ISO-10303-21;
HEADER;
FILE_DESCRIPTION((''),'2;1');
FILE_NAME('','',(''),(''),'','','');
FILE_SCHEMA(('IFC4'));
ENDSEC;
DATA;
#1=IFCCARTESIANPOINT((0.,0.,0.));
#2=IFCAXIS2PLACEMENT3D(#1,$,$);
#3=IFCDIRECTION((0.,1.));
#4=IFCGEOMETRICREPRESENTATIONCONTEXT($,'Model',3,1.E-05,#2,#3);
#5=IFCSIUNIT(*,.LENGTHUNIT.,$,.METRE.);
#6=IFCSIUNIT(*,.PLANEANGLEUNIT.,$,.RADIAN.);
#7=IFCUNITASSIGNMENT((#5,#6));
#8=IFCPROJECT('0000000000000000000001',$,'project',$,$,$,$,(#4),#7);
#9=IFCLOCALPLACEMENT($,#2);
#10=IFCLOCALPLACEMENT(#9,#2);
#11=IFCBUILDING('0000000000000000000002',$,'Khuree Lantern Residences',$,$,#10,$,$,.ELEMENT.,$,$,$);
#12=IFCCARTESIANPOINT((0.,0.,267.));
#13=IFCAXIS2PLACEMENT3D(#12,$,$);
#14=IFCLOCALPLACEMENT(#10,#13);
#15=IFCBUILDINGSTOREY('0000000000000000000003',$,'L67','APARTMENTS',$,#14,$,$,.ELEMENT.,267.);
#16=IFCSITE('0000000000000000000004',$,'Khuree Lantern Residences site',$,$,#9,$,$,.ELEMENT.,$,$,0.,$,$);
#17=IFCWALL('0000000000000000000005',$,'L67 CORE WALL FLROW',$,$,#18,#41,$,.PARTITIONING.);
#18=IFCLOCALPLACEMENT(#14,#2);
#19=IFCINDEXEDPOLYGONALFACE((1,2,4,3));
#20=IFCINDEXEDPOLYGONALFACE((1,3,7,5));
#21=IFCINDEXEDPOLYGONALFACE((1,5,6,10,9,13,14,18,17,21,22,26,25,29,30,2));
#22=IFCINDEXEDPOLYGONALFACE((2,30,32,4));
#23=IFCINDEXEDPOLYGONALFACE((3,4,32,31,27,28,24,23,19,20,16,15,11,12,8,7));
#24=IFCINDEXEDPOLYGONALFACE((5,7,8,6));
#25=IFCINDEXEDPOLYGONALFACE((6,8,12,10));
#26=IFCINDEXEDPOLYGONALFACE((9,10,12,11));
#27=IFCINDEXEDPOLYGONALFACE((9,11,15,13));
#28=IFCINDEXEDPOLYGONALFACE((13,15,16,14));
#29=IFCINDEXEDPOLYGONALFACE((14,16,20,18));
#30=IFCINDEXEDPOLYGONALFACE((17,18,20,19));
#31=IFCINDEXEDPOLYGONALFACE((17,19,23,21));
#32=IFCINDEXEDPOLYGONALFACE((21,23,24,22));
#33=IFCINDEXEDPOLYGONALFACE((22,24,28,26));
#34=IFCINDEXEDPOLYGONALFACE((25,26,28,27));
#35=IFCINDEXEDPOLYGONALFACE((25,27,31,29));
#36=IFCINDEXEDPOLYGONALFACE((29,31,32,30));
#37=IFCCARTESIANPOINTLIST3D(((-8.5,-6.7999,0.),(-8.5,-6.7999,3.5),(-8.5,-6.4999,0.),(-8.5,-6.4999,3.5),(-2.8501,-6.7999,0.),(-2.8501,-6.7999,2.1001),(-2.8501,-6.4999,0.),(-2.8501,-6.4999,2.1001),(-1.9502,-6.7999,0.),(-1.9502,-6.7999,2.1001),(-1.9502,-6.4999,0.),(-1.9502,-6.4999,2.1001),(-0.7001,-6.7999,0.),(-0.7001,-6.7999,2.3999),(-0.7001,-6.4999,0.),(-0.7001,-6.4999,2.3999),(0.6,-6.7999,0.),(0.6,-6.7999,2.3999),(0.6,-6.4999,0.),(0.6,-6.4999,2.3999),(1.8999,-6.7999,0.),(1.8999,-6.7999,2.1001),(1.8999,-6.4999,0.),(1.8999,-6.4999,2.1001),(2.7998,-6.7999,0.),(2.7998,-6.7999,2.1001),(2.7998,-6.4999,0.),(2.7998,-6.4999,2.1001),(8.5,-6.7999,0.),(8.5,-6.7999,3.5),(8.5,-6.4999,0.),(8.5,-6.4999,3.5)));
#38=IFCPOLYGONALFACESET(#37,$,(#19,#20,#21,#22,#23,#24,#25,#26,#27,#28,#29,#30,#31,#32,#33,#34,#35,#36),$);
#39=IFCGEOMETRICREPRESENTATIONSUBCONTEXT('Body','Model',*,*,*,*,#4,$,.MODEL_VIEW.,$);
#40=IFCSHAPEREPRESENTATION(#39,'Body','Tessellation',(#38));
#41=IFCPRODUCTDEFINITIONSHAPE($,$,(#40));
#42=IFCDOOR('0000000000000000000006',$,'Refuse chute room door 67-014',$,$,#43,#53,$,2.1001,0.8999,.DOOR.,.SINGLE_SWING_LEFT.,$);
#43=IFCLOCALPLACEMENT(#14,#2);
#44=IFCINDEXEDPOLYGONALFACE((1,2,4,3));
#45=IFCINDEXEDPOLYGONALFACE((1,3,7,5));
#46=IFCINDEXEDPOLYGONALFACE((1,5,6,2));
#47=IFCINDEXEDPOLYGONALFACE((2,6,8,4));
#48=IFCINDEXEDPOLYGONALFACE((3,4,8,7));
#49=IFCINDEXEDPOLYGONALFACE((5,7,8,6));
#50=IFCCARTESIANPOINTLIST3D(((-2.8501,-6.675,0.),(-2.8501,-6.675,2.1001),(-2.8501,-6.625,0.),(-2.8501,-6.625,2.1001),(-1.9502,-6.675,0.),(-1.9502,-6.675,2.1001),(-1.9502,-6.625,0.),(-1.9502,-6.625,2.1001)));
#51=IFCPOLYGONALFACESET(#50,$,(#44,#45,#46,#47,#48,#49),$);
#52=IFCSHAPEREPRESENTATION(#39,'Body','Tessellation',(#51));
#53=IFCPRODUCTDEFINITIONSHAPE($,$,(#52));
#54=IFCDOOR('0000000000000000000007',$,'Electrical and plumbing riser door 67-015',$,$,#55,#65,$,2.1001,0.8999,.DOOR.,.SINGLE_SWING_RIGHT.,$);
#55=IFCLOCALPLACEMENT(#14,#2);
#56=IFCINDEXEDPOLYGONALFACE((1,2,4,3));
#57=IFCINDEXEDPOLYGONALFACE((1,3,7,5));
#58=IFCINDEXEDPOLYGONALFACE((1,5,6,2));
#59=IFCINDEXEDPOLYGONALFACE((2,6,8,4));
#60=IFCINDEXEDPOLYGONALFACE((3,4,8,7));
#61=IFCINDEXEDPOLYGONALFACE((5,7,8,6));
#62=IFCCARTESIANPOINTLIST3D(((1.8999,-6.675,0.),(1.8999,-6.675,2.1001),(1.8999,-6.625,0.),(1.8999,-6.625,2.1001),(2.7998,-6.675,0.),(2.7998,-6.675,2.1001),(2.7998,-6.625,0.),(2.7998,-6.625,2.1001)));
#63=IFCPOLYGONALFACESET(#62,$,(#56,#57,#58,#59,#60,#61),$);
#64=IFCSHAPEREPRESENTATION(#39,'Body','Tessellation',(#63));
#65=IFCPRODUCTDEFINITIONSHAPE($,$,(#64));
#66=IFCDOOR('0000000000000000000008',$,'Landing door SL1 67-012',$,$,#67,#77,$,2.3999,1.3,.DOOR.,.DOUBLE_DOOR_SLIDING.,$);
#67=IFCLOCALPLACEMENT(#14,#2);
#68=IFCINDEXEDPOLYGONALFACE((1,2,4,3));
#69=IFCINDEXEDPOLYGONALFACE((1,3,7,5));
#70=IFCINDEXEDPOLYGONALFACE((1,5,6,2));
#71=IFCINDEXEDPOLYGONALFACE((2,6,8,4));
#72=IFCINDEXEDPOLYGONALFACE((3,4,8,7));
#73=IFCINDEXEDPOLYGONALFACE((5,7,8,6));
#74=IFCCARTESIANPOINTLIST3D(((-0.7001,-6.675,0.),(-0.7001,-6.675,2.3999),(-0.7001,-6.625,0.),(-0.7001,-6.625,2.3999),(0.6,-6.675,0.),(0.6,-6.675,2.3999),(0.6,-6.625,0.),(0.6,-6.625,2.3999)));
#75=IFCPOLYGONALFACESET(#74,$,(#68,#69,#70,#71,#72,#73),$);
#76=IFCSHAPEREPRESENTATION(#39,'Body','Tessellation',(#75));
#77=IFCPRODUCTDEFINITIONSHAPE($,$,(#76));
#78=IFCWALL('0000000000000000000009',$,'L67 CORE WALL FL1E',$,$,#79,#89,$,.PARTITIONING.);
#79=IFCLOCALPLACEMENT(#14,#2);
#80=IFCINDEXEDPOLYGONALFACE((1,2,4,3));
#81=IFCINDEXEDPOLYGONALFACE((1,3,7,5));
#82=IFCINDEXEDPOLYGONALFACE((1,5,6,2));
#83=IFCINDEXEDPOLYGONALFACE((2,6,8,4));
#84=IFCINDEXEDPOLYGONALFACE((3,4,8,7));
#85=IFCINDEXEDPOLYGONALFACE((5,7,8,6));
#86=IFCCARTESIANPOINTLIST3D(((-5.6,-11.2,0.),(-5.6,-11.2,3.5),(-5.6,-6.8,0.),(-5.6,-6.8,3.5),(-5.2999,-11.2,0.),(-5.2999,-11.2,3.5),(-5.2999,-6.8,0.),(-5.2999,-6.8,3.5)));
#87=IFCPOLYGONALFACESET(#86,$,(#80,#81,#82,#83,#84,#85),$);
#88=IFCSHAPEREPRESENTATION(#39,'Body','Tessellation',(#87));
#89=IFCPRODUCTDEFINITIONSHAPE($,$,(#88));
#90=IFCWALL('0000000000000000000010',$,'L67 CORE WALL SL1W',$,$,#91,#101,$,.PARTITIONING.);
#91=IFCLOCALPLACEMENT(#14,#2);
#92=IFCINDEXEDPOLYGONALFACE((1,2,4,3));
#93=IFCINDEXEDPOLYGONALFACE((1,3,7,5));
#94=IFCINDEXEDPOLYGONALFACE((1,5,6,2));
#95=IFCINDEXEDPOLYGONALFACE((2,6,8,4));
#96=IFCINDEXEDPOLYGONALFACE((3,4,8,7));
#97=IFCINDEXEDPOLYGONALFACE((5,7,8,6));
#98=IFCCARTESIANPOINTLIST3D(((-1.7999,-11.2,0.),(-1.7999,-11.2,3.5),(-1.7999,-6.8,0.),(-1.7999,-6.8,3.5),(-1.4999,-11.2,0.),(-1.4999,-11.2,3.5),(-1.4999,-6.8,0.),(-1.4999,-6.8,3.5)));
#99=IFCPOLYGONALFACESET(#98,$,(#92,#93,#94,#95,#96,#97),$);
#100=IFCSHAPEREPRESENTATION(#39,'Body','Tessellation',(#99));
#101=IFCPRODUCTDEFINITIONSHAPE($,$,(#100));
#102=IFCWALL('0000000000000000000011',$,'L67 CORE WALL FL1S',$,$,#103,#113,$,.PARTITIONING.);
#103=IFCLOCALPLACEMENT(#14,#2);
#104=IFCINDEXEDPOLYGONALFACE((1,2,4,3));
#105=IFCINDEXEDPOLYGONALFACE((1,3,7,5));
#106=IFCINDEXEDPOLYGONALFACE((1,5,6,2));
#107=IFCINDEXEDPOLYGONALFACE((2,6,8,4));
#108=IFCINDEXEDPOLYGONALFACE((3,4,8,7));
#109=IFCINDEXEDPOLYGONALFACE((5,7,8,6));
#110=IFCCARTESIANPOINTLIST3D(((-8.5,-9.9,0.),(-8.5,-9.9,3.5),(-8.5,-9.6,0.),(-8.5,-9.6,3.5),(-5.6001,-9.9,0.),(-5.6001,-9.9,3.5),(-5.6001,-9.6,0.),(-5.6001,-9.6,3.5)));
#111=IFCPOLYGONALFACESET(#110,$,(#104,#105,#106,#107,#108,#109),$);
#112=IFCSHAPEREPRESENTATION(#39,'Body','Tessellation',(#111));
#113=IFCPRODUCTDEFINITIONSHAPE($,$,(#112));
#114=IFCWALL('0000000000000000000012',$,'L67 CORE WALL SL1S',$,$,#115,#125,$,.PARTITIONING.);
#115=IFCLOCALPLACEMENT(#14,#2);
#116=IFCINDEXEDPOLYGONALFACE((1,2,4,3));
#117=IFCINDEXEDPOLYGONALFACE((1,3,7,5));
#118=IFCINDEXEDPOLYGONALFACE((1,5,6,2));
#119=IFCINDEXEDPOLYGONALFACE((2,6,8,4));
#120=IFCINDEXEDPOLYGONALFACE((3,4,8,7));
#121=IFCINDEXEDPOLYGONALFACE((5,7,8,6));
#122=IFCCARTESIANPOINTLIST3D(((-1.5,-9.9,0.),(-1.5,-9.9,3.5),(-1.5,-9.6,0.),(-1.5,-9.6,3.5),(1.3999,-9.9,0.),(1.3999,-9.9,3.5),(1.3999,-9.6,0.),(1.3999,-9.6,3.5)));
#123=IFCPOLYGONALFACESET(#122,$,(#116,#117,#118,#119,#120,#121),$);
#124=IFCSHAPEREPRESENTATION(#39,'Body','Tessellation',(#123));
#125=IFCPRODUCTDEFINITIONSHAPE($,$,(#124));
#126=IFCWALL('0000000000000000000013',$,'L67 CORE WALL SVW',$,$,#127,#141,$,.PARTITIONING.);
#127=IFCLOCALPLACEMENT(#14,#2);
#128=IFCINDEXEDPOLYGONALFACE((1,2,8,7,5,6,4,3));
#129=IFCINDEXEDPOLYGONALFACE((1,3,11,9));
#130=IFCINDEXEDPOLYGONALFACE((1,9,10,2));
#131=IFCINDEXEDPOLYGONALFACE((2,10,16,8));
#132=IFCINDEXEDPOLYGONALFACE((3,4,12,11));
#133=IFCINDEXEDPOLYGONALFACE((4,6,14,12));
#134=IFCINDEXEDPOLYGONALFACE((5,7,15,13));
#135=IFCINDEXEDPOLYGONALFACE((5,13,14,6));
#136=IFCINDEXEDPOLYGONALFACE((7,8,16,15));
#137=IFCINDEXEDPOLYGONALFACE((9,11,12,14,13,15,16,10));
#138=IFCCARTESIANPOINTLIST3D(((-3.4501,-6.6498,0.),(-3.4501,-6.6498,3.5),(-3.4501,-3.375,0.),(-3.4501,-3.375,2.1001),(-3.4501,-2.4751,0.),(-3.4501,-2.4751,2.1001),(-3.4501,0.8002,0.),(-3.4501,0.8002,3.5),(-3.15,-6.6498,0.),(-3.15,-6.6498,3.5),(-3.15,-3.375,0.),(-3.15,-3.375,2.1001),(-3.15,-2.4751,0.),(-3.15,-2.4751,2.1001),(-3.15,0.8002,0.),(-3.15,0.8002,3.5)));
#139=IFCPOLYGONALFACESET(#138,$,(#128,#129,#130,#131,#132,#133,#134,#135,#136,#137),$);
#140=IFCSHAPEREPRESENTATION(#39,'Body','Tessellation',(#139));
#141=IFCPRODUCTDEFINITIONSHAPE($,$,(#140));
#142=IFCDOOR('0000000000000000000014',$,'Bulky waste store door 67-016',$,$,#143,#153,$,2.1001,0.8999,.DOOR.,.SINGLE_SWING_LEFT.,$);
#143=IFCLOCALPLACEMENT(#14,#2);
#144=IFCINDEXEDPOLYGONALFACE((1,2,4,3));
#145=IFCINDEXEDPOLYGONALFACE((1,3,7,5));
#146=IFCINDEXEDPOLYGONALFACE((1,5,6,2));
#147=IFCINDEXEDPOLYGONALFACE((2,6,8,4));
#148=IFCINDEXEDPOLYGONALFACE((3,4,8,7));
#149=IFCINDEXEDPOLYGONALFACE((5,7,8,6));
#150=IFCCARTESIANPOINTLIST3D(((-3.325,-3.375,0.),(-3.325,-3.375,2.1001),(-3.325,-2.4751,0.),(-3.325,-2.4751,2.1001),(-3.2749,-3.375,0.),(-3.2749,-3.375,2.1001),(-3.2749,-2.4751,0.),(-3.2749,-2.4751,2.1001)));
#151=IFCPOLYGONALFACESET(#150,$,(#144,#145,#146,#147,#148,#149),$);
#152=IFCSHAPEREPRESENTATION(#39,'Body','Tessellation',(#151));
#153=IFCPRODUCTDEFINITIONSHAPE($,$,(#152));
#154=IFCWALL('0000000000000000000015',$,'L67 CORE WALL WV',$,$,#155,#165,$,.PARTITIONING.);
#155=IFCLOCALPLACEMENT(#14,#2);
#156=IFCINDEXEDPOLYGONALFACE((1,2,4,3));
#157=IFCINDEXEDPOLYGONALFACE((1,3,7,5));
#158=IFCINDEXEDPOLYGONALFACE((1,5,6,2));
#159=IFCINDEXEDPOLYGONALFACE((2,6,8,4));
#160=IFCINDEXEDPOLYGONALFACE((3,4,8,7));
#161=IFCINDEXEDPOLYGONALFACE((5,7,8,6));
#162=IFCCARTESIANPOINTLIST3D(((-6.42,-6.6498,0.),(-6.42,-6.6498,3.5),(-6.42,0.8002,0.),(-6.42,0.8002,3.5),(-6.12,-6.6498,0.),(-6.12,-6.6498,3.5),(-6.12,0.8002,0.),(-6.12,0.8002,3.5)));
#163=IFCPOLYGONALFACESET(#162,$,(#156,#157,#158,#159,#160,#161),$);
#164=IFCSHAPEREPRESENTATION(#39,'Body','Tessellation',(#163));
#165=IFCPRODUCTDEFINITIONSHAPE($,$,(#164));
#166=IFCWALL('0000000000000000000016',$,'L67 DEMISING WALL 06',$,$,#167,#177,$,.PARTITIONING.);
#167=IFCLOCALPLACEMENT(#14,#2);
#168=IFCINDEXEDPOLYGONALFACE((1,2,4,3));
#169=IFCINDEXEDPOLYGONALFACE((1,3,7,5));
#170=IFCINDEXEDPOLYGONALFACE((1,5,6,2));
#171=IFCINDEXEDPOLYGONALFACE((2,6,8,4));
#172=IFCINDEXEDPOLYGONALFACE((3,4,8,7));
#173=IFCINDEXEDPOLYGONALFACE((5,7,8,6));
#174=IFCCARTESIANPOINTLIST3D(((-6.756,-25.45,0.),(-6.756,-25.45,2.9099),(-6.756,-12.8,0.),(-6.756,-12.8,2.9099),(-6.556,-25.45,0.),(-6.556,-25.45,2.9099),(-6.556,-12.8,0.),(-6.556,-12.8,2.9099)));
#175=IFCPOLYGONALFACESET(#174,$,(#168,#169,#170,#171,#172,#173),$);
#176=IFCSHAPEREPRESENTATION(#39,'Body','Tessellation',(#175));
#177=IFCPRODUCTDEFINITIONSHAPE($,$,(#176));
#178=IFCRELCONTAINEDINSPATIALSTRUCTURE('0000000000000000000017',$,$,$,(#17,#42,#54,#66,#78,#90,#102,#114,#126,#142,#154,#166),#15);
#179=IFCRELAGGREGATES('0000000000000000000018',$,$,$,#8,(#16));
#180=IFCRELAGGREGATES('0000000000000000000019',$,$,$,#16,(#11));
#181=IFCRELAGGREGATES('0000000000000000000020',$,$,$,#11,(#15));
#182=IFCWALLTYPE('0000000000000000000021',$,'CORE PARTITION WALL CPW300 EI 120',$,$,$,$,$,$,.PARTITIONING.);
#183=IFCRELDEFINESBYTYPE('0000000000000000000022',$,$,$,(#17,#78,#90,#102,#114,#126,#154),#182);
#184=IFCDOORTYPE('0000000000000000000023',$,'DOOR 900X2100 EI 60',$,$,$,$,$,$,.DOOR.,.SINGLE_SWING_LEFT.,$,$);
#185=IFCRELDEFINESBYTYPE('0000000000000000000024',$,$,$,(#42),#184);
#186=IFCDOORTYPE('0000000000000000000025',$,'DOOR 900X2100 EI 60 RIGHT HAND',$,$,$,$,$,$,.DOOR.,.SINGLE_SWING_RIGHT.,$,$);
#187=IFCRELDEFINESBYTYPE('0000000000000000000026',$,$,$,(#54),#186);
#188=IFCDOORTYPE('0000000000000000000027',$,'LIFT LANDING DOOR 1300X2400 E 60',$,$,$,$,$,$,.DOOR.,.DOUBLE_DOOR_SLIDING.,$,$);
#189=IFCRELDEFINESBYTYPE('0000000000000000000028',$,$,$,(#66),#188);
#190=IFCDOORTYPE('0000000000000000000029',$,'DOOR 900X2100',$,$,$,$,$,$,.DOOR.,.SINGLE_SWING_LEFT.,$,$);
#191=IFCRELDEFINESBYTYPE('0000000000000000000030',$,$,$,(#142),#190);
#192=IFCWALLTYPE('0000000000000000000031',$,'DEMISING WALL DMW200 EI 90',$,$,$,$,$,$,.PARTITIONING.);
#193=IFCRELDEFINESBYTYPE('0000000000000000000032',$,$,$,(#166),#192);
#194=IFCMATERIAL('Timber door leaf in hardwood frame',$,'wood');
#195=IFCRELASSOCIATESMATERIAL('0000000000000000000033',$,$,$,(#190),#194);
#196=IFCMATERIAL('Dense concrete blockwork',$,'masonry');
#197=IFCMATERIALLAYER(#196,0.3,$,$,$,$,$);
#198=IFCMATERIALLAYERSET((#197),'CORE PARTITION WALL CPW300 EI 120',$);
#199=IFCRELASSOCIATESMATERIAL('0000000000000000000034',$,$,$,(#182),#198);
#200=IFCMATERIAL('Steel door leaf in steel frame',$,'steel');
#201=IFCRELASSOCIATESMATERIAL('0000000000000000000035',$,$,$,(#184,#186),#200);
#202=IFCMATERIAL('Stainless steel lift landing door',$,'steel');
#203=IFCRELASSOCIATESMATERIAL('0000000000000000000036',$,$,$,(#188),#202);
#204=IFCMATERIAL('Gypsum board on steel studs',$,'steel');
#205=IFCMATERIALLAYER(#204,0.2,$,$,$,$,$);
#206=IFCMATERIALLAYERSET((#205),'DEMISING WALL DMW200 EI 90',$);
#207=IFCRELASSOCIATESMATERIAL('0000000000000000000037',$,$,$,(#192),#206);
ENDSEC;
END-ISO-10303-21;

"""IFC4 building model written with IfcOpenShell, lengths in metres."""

from ifc_helpers import new_model, si_unit, direction, frame, frame_2d, origin, place, context, subcontext, project, spatial, rectangle, extrude, material, layer, layer_set, type_object, element, fill, save


model = new_model("IFC4")

# Units and contexts
model_context = context("Model", 3, precision=1e-05, world=origin(), true_north=direction((0.0, 1.0)))
body_context = subcontext(model_context, "Body", "Model", "MODEL_VIEW")
ifc_project = project(units=[si_unit("LENGTHUNIT", "METRE"), si_unit("PLANEANGLEUNIT", "RADIAN")], contexts=[model_context])

# Site, building, storey
site_placement = place(None, origin())
site = spatial("IfcSite", under=ifc_project, at=site_placement, Name="Khuree Lantern Residences site", CompositionType="ELEMENT", RefElevation=0.0)
building_placement = place(site_placement, origin())
building = spatial("IfcBuilding", under=site, at=building_placement, Name="Khuree Lantern Residences", CompositionType="ELEMENT")
storey_placement = place(building_placement, frame((0.0, 0.0, 267.0)))
storey = spatial("IfcBuildingStorey", under=building, at=storey_placement, Name="L67", Description="APARTMENTS", CompositionType="ELEMENT", Elevation=267.0)

# Shared definitions
ifc_material_1 = material(Name="Timber door leaf in hardwood frame", Category="wood")
door_type_1 = type_object("IfcDoorType", Name="DOOR 900X2100", OperationType="SINGLE_SWING_LEFT", PredefinedType="DOOR", material=ifc_material_1)

# Wall, openings, doors
ifc_material_2 = material(Name="Dense concrete blockwork", Category="masonry")
ifc_layer_1 = layer(ifc_material_2, 0.3)
ifc_layer_set_1 = layer_set([ifc_layer_1], Name="CORE PARTITION WALL CPW300 EI 120")
wall_type_1 = type_object("IfcWallType", Name="CORE PARTITION WALL CPW300 EI 120", PredefinedType="PARTITIONING", material=ifc_layer_set_1)
wall_1_placement = place(storey_placement, frame((-8.5, -6.6499, 0.0), z_axis=(0.0, 0.0, 1.0), x_axis=(1.0, 0.0, 0.0)))
wall_1 = element("IfcWall", 1, at=wall_1_placement, inside=storey, type_object=wall_type_1, Name="L67 CORE WALL FLROW", PredefinedType="PARTITIONING", context=body_context, shape_type="SweptSolid", body=[
    extrude(rectangle(XDim=17.0, YDim=0.3, at=frame_2d((8.5, 0.0))), origin(), (0.0, 0.0, 1.0), 3.5),
])
opening_1_placement = place(wall_1_placement, frame((7.8, 0.0, 0.0)))
opening_1 = element("IfcOpeningElement", 2, at=opening_1_placement, cuts=wall_1, PredefinedType="OPENING", context=body_context, shape_type="SweptSolid", body=[
    extrude(rectangle(XDim=1.3, YDim=2.3999, at=frame_2d((0.6499, 1.2))), frame((0.0, 0.1602, 0.0), z_axis=(0.0, -1.0, 0.0), x_axis=(1.0, 0.0, 0.0)), (0.0, 0.0, 1.0), 0.3201),
])
opening_2_placement = place(wall_1_placement, frame((5.6499, 0.0, 0.0)))
opening_2 = element("IfcOpeningElement", 3, at=opening_2_placement, cuts=wall_1, PredefinedType="OPENING", context=body_context, shape_type="SweptSolid", body=[
    extrude(rectangle(XDim=0.8999, YDim=2.1001, at=frame_2d((0.45, 1.05))), frame((0.0, 0.1602, 0.0), z_axis=(0.0, -1.0, 0.0), x_axis=(1.0, 0.0, 0.0)), (0.0, 0.0, 1.0), 0.3201),
])
opening_3_placement = place(wall_1_placement, frame((10.3999, 0.0, 0.0)))
opening_3 = element("IfcOpeningElement", 4, at=opening_3_placement, cuts=wall_1, PredefinedType="OPENING", context=body_context, shape_type="SweptSolid", body=[
    extrude(rectangle(XDim=0.8999, YDim=2.1001, at=frame_2d((0.45, 1.05))), frame((0.0, 0.1602, 0.0), z_axis=(0.0, -1.0, 0.0), x_axis=(1.0, 0.0, 0.0)), (0.0, 0.0, 1.0), 0.3201),
])
ifc_material_3 = material(Name="Steel door leaf in steel frame", Category="steel")
door_type_2 = type_object("IfcDoorType", Name="DOOR 900X2100 EI 60", OperationType="SINGLE_SWING_LEFT", PredefinedType="DOOR", material=ifc_material_3)
door_1_placement = place(opening_2_placement, origin())
door_1 = element("IfcDoor", 5, at=door_1_placement, inside=storey, type_object=door_type_2, Name="Refuse chute room door 67-014", OperationType="SINGLE_SWING_LEFT", OverallHeight=2.1001, OverallWidth=0.8999, PredefinedType="DOOR", context=body_context, shape_type="SweptSolid", body=[
    extrude(rectangle(XDim=0.8999, YDim=2.1001, at=frame_2d((0.45, 1.05))), frame((0.0, 0.0249, 0.0), z_axis=(0.0, -1.0, 0.0), x_axis=(1.0, 0.0, 0.0)), (0.0, 0.0, 1.0), 0.05),
])
fill(opening_2, door_1)
door_type_3 = type_object("IfcDoorType", Name="DOOR 900X2100 EI 60 RIGHT HAND", OperationType="SINGLE_SWING_RIGHT", PredefinedType="DOOR", material=ifc_material_3)
door_2_placement = place(opening_3_placement, origin())
door_2 = element("IfcDoor", 6, at=door_2_placement, inside=storey, type_object=door_type_3, Name="Electrical and plumbing riser door 67-015", OperationType="SINGLE_SWING_RIGHT", OverallHeight=2.1001, OverallWidth=0.8999, PredefinedType="DOOR", context=body_context, shape_type="SweptSolid", body=[
    extrude(rectangle(XDim=0.8999, YDim=2.1001, at=frame_2d((0.45, 1.05))), frame((0.0, 0.0249, 0.0), z_axis=(0.0, -1.0, 0.0), x_axis=(1.0, 0.0, 0.0)), (0.0, 0.0, 1.0), 0.05),
])
fill(opening_3, door_2)
ifc_material_4 = material(Name="Stainless steel lift landing door", Category="steel")
door_type_4 = type_object("IfcDoorType", Name="LIFT LANDING DOOR 1300X2400 E 60", OperationType="DOUBLE_DOOR_SLIDING", PredefinedType="DOOR", material=ifc_material_4)
door_3_placement = place(opening_1_placement, origin())
door_3 = element("IfcDoor", 7, at=door_3_placement, inside=storey, type_object=door_type_4, Name="Landing door SL1 67-012", OperationType="DOUBLE_DOOR_SLIDING", OverallHeight=2.3999, OverallWidth=1.3, PredefinedType="DOOR", context=body_context, shape_type="SweptSolid", body=[
    extrude(rectangle(XDim=1.3, YDim=2.3999, at=frame_2d((0.6499, 1.2))), frame((0.0, 0.0249, 0.0), z_axis=(0.0, -1.0, 0.0), x_axis=(1.0, 0.0, 0.0)), (0.0, 0.0, 1.0), 0.05),
])
fill(opening_1, door_3)

# Walls
for number, where, z_axis, x_axis, name in (
    (8, (-5.45, -11.2, 0.0), (0.0, 0.0, 1.0), (0.0, 1.0, 0.0), "L67 CORE WALL FL1E"),
    (9, (-1.6499, -11.2, 0.0), (0.0, 0.0, 1.0), (0.0, 1.0, 0.0), "L67 CORE WALL SL1W"),
):
    element("IfcWall", number, at=place(storey_placement, frame(where, z_axis=z_axis, x_axis=x_axis)), inside=storey, type_object=wall_type_1, Name=name, PredefinedType="PARTITIONING", context=body_context, shape_type="SweptSolid", body=[
        extrude(rectangle(XDim=4.3999, YDim=0.3, at=frame_2d((2.2, 0.0))), origin(), (0.0, 0.0, 1.0), 3.5),
    ])
for number, where, z_axis, x_axis, name in (
    (10, (-8.5, -9.75, 0.0), (0.0, 0.0, 1.0), (1.0, 0.0, 0.0), "L67 CORE WALL FL1S"),
    (11, (-1.5, -9.75, 0.0), (0.0, 0.0, 1.0), (1.0, 0.0, 0.0), "L67 CORE WALL SL1S"),
):
    element("IfcWall", number, at=place(storey_placement, frame(where, z_axis=z_axis, x_axis=x_axis)), inside=storey, type_object=wall_type_1, Name=name, PredefinedType="PARTITIONING", context=body_context, shape_type="SweptSolid", body=[
        extrude(rectangle(XDim=2.8999, YDim=0.3, at=frame_2d((1.45, 0.0))), origin(), (0.0, 0.0, 1.0), 3.5),
    ])

# Wall, opening, door
wall_2_placement = place(storey_placement, frame((-3.3, -6.6499, 0.0), z_axis=(0.0, 0.0, 1.0), x_axis=(0.0, 1.0, 0.0)))
wall_2 = element("IfcWall", 12, at=wall_2_placement, inside=storey, type_object=wall_type_1, Name="L67 CORE WALL SVW", PredefinedType="PARTITIONING", context=body_context, shape_type="SweptSolid", body=[
    extrude(rectangle(XDim=7.45, YDim=0.3, at=frame_2d((3.7251, 0.0))), origin(), (0.0, 0.0, 1.0), 3.5),
])
opening_4_placement = place(wall_2_placement, frame((3.2749, 0.0, 0.0)))
opening_4 = element("IfcOpeningElement", 13, at=opening_4_placement, cuts=wall_2, PredefinedType="OPENING", context=body_context, shape_type="SweptSolid", body=[
    extrude(rectangle(XDim=0.8999, YDim=2.1001, at=frame_2d((0.45, 1.05))), frame((0.0, 0.1602, 0.0), z_axis=(0.0, -1.0, 0.0), x_axis=(1.0, 0.0, 0.0)), (0.0, 0.0, 1.0), 0.3201),
])
door_4_placement = place(opening_4_placement, origin())
door_4 = element("IfcDoor", 14, at=door_4_placement, inside=storey, type_object=door_type_1, Name="Bulky waste store door 67-016", OperationType="SINGLE_SWING_LEFT", OverallHeight=2.1001, OverallWidth=0.8999, PredefinedType="DOOR", context=body_context, shape_type="SweptSolid", body=[
    extrude(rectangle(XDim=0.8999, YDim=2.1001, at=frame_2d((0.45, 1.05))), frame((0.0, 0.0249, 0.0), z_axis=(0.0, -1.0, 0.0), x_axis=(1.0, 0.0, 0.0)), (0.0, 0.0, 1.0), 0.05),
])
fill(opening_4, door_4)

# Walls
wall_3_placement = place(storey_placement, frame((-6.27, -6.6499, 0.0), z_axis=(0.0, 0.0, 1.0), x_axis=(0.0, 1.0, 0.0)))
element("IfcWall", 15, at=wall_3_placement, inside=storey, type_object=wall_type_1, Name="L67 CORE WALL WV", PredefinedType="PARTITIONING", context=body_context, shape_type="SweptSolid", body=[
    extrude(rectangle(XDim=7.45, YDim=0.3, at=frame_2d((3.7251, 0.0))), origin(), (0.0, 0.0, 1.0), 3.5),
])
ifc_material_5 = material(Name="Gypsum board on steel studs", Category="steel")
ifc_layer_2 = layer(ifc_material_5, 0.2)
ifc_layer_set_2 = layer_set([ifc_layer_2], Name="DEMISING WALL DMW200 EI 90")
wall_type_2 = type_object("IfcWallType", Name="DEMISING WALL DMW200 EI 90", PredefinedType="PARTITIONING", material=ifc_layer_set_2)
wall_4_placement = place(storey_placement, frame((-6.656, -12.8, 0.0), z_axis=(0.0, 0.0, 1.0), x_axis=(0.0, -1.0, 0.0)))
element("IfcWall", 16, at=wall_4_placement, inside=storey, type_object=wall_type_2, Name="L67 DEMISING WALL 06", PredefinedType="PARTITIONING", context=body_context, shape_type="SweptSolid", body=[
    extrude(rectangle(XDim=12.6499, YDim=0.2, at=frame_2d((6.325, 0.0))), origin(), (0.0, 0.0, 1.0), 2.9099),
])

save(model, "model.ifc")
